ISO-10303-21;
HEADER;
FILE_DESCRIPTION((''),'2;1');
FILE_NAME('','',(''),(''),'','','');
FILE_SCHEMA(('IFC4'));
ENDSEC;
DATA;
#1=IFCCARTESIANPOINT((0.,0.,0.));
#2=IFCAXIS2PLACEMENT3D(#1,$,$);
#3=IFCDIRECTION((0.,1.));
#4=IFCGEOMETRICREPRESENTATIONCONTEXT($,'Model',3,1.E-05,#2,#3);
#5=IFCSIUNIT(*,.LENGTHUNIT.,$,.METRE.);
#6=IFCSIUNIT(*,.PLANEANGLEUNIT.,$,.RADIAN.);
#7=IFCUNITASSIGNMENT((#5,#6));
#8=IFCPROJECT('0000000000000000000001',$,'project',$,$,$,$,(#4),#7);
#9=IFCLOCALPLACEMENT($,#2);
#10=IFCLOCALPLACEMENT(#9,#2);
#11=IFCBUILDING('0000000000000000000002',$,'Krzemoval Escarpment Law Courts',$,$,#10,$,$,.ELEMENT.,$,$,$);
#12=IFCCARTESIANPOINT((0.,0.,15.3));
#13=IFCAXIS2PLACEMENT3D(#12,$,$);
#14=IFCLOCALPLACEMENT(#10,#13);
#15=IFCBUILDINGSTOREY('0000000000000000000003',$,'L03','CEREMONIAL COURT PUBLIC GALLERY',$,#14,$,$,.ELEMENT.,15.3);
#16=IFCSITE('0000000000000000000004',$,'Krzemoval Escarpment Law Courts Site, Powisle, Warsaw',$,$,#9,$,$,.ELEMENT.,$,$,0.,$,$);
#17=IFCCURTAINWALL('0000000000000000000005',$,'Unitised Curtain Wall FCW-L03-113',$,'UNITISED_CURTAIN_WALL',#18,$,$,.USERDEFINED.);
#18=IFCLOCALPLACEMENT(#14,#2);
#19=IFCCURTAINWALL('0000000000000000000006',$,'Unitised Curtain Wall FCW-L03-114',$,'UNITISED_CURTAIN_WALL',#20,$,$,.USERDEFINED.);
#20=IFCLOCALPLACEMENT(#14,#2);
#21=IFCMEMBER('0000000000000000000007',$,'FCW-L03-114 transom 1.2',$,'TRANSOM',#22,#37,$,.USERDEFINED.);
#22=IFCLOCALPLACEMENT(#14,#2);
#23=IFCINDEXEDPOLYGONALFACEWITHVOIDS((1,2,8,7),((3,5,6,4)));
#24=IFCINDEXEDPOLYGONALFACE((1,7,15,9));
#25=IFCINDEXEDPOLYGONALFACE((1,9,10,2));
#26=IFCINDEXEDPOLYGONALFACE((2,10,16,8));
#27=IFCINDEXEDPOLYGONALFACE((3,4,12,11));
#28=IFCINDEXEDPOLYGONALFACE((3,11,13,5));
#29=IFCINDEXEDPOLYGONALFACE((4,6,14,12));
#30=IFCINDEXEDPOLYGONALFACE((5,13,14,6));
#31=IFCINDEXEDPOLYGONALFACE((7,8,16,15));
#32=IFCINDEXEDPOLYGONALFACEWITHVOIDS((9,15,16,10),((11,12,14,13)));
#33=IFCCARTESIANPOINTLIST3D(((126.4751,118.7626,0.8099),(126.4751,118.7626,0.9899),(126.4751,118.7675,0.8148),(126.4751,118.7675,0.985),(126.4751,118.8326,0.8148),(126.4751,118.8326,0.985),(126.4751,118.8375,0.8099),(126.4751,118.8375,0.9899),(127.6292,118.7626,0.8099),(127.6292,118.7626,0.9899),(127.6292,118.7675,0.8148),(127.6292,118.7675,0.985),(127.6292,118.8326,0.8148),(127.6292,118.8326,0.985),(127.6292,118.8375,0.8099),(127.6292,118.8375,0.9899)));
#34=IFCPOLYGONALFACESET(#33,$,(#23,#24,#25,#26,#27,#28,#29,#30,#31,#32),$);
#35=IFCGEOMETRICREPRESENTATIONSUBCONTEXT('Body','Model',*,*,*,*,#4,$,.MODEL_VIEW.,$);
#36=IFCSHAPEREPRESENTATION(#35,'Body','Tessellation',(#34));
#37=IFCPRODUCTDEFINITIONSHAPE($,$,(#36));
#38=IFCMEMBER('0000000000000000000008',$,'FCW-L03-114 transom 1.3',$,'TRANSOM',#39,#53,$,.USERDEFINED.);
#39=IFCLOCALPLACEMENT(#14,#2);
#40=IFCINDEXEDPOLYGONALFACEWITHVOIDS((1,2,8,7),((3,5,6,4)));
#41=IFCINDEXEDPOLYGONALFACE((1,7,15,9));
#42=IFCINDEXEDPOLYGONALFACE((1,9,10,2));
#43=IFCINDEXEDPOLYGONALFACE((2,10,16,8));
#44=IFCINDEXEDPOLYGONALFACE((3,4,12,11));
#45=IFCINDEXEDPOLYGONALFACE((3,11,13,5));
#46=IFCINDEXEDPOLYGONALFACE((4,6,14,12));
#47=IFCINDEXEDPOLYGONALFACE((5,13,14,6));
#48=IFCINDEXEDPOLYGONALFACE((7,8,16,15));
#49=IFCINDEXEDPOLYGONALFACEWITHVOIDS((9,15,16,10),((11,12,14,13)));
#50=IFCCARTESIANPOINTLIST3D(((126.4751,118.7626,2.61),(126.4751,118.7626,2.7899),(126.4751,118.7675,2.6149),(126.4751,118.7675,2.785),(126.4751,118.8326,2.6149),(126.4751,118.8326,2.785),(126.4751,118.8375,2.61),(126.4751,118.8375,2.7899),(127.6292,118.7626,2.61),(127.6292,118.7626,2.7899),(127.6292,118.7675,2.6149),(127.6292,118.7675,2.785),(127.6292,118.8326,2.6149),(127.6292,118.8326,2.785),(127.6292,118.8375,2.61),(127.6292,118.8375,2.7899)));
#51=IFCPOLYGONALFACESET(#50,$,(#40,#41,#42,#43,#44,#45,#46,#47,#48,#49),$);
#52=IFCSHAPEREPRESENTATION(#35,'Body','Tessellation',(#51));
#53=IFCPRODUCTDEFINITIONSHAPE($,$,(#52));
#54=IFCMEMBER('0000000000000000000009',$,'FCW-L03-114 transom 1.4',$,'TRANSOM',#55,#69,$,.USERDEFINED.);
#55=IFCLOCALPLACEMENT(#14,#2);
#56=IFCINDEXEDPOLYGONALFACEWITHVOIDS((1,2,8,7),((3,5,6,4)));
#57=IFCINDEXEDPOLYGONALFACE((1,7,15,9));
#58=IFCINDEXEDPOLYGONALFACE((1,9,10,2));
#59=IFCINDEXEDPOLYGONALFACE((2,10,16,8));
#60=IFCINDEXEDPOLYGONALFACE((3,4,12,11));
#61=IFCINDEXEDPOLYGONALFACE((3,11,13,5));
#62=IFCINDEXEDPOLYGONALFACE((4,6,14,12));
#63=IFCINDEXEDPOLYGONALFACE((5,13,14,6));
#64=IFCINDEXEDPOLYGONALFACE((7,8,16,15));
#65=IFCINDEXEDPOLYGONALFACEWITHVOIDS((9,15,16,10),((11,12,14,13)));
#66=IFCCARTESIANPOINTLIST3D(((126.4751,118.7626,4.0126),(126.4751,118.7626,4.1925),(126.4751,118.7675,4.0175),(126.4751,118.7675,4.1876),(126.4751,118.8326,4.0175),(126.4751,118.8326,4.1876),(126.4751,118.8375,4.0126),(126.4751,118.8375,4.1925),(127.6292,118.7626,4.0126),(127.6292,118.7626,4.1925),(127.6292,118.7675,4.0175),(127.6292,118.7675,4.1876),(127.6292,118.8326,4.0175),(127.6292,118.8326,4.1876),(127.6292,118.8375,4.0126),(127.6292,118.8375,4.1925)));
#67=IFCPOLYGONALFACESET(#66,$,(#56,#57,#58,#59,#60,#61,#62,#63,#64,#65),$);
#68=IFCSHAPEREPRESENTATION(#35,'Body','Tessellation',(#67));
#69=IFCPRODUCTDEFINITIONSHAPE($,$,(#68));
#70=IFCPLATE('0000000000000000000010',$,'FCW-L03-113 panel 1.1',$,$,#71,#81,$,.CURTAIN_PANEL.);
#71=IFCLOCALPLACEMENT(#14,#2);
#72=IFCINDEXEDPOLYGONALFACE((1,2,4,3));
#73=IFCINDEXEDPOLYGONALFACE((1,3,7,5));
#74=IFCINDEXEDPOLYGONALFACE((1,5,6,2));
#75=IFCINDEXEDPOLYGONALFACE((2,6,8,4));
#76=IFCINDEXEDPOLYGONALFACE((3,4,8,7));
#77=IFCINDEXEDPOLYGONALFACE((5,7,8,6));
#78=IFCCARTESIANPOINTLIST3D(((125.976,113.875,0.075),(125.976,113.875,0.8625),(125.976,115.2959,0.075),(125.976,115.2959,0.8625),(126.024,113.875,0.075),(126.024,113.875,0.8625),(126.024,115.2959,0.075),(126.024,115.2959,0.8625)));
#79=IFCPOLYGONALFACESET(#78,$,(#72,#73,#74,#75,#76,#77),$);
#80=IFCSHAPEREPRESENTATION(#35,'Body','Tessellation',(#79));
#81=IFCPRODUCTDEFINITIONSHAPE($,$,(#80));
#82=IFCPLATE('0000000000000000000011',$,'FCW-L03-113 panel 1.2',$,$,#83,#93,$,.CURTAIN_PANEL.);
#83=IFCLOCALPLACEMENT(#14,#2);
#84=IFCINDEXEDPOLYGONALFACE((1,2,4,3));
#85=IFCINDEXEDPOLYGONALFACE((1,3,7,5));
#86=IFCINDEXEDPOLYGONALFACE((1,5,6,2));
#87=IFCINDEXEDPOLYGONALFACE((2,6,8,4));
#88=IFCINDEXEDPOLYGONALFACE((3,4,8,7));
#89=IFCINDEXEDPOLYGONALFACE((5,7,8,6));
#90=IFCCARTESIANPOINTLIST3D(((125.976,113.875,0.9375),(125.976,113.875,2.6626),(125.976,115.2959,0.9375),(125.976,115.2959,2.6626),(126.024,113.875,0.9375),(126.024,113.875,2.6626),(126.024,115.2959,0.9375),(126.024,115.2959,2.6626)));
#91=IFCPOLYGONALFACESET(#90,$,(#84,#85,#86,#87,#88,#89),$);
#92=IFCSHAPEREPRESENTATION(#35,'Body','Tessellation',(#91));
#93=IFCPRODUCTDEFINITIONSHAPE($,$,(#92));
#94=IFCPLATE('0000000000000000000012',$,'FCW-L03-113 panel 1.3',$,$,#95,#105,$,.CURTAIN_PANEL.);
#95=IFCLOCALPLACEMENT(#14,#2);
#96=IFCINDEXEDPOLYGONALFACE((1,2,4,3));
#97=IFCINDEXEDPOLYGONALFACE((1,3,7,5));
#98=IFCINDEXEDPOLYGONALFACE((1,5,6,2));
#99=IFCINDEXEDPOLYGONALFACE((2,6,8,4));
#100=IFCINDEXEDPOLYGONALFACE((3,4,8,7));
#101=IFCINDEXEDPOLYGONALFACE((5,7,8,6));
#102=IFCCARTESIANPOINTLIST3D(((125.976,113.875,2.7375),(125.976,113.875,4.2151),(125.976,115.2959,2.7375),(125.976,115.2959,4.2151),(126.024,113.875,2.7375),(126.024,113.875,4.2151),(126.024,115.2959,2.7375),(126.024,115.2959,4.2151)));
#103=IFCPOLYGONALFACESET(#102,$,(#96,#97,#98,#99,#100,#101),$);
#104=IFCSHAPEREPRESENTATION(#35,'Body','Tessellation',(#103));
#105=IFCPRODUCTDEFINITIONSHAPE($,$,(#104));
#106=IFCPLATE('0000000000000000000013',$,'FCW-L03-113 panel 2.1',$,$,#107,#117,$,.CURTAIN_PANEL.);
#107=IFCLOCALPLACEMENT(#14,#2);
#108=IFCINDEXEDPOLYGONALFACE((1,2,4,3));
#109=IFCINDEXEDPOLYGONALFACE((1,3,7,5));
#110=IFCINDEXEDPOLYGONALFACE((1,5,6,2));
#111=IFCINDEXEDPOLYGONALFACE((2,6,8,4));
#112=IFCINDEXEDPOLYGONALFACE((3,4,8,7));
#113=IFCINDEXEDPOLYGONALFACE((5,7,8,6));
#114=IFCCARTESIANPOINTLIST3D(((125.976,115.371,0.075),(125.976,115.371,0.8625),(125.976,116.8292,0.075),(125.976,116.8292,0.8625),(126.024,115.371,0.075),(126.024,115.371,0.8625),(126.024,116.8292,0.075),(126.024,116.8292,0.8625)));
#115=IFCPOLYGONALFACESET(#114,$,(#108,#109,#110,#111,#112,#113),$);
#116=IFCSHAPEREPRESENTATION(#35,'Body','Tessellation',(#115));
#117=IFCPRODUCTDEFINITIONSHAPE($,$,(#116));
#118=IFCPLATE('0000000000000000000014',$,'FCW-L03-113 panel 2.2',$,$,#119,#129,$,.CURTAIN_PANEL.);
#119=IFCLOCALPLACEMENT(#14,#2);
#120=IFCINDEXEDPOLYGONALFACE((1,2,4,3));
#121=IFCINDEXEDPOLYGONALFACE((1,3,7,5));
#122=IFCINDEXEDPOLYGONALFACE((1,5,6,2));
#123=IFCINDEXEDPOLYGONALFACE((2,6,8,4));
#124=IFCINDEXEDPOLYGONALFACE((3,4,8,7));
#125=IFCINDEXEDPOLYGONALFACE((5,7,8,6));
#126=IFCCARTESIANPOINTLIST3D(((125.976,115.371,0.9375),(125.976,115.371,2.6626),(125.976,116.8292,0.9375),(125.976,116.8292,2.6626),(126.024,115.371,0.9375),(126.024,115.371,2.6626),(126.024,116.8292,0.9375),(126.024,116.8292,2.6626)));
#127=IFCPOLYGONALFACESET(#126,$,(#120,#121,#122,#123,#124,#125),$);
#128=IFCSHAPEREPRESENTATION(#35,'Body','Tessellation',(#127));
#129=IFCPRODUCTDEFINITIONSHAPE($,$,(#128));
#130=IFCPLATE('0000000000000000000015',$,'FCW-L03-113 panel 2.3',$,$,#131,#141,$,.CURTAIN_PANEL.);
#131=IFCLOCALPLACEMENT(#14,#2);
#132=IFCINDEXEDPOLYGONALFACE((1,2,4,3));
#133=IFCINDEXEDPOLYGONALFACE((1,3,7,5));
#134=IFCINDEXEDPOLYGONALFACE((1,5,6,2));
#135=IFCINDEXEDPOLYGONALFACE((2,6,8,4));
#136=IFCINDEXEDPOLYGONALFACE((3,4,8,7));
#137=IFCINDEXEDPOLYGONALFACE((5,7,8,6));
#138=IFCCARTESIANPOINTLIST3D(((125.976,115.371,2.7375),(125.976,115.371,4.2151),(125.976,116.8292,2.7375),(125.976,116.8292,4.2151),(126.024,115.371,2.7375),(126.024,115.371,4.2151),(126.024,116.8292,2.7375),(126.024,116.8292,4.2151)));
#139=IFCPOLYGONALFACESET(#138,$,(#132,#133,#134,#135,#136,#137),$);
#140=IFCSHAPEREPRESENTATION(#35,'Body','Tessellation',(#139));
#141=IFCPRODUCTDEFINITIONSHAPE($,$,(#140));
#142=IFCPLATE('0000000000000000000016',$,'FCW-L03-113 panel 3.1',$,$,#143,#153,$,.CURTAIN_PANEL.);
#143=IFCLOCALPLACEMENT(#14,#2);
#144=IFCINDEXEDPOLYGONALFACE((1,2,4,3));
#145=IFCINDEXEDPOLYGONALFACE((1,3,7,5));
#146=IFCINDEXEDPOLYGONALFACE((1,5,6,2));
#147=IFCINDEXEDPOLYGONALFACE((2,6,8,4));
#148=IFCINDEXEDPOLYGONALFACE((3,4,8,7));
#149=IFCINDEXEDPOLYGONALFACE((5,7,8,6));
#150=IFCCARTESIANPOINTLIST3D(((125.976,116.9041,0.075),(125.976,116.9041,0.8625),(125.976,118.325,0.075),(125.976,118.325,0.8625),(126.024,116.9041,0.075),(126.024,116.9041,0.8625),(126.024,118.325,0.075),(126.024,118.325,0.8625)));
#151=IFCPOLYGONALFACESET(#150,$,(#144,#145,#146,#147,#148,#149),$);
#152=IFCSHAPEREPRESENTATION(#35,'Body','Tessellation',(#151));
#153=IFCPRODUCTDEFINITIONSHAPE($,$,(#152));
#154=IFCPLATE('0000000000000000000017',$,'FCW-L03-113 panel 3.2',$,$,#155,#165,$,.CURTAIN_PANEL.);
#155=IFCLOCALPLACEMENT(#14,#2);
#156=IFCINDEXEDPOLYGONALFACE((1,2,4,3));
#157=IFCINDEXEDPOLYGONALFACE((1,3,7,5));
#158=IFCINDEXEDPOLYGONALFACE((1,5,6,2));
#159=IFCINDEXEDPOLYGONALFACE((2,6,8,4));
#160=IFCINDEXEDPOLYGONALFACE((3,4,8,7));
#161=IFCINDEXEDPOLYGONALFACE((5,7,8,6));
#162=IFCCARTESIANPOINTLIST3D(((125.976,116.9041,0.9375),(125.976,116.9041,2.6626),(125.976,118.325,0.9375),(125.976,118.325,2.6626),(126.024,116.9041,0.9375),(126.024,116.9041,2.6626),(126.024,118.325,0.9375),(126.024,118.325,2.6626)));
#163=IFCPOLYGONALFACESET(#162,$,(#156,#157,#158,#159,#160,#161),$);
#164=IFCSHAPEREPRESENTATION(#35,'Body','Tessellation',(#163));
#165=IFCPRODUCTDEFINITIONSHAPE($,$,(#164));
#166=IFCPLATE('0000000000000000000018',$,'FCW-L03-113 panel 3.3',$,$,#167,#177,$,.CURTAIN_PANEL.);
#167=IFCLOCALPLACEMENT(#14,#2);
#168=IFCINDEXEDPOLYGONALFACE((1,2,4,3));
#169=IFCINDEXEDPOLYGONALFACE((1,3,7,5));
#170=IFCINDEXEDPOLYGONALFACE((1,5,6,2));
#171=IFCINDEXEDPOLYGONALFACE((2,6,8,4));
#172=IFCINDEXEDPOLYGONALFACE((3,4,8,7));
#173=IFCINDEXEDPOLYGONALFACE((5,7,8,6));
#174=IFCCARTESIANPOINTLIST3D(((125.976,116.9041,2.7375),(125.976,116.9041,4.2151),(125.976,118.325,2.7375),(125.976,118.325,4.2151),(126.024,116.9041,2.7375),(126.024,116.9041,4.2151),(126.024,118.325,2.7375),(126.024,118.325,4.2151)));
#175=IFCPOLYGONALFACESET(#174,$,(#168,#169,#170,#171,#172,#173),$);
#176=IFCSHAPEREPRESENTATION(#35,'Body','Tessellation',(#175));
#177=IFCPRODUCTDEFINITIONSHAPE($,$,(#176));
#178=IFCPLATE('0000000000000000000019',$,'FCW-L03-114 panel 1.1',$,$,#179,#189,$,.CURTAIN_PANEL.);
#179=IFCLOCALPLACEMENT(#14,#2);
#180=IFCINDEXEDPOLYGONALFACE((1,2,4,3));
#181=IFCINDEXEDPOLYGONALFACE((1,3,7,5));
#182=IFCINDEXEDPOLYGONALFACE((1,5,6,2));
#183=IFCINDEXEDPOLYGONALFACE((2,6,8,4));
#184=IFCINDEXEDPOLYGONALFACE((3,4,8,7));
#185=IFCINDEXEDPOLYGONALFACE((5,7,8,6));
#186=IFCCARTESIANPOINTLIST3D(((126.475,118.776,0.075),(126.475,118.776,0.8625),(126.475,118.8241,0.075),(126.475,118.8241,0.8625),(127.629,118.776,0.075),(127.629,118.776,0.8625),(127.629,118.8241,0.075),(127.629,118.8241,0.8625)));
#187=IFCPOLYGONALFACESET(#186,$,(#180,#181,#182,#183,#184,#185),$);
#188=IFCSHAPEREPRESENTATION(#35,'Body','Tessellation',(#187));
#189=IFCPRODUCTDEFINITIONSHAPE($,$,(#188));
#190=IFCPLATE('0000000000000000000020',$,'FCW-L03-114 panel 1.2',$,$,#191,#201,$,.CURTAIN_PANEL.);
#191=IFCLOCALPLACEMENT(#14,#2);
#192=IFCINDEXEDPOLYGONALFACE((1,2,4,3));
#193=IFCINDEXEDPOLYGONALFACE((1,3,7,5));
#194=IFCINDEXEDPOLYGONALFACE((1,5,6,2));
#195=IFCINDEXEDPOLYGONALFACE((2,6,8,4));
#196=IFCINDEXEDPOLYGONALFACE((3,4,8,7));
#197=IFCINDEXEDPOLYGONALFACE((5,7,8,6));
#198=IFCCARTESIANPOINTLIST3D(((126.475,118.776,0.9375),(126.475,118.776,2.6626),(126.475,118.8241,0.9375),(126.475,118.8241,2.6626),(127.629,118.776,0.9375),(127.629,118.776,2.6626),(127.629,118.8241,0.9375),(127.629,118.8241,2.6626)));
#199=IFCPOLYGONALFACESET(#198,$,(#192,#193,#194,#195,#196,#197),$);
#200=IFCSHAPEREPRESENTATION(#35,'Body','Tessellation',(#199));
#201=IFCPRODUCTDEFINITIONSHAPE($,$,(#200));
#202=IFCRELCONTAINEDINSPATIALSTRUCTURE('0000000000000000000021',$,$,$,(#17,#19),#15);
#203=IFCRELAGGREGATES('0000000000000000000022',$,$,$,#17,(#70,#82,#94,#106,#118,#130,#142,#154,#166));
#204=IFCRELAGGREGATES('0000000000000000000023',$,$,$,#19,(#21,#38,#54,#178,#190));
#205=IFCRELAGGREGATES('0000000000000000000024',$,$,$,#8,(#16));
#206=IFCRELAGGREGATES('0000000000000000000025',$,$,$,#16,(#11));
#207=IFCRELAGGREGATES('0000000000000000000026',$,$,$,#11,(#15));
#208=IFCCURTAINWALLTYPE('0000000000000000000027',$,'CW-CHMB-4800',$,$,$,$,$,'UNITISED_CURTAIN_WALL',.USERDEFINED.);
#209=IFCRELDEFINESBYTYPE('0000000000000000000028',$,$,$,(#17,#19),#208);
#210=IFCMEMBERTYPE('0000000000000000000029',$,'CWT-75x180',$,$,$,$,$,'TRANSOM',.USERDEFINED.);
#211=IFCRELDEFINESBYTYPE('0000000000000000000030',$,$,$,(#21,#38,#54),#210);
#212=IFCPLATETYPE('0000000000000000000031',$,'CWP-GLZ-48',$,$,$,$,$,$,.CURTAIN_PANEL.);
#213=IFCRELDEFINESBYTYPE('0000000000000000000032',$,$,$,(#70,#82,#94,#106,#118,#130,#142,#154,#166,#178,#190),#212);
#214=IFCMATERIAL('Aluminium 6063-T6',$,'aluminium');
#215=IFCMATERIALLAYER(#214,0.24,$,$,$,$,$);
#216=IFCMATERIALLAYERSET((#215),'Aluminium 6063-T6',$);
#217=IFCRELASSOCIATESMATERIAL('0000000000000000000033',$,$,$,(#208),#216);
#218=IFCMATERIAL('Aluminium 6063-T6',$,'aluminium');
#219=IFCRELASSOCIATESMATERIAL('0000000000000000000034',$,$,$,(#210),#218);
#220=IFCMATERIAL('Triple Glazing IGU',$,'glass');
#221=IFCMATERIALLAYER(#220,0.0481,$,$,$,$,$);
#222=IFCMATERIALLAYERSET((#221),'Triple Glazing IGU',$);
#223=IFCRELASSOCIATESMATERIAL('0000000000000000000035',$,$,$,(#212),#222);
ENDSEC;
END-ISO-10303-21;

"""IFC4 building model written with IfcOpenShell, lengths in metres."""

from ifc_helpers import new_model, si_unit, direction, frame, origin, origin_2d, place, context, subcontext, project, spatial, rectangle, hollow_rectangle, extrude, material, layer, layer_set, material_profile, profile_set, type_object, element, aggregate, save


model = new_model("IFC4")

# Units and contexts
model_context = context("Model", 3, precision=1e-05, world=origin(), true_north=direction((0.0, 1.0)))
body_context = subcontext(model_context, "Body", "Model", "MODEL_VIEW")
ifc_project = project(units=[si_unit("LENGTHUNIT", "METRE"), si_unit("PLANEANGLEUNIT", "RADIAN")], contexts=[model_context])

# Site, building, storey
site_placement = place(None, origin())
site = spatial("IfcSite", under=ifc_project, at=site_placement, Name="Krzemoval Escarpment Law Courts Site, Powisle, Warsaw", CompositionType="ELEMENT", RefElevation=0.0)
building_placement = place(site_placement, origin())
building = spatial("IfcBuilding", under=site, at=building_placement, Name="Krzemoval Escarpment Law Courts", CompositionType="ELEMENT")
storey_placement = place(building_placement, frame((0.0, 0.0, 15.3)))
storey = spatial("IfcBuildingStorey", under=building, at=storey_placement, Name="L03", Description="CEREMONIAL COURT PUBLIC GALLERY", CompositionType="ELEMENT", Elevation=15.3)

# Curtain walls
ifc_material_1 = material(Name="Aluminium 6063-T6", Category="aluminium")
ifc_layer_1 = layer(ifc_material_1, 0.24)
ifc_layer_set_1 = layer_set([ifc_layer_1], Name="Aluminium 6063-T6")
curtain_wall_type = type_object("IfcCurtainWallType", Name="CW-CHMB-4800", ElementType="UNITISED_CURTAIN_WALL", PredefinedType="USERDEFINED", material=ifc_layer_set_1)
curtain_wall_1_placement = place(storey_placement, origin())
curtain_wall_1 = element("IfcCurtainWall", 1, at=curtain_wall_1_placement, inside=storey, type_object=curtain_wall_type, Name="Unitised Curtain Wall FCW-L03-113", ObjectType="UNITISED_CURTAIN_WALL", PredefinedType="USERDEFINED")
curtain_wall_2_placement = place(storey_placement, origin())
curtain_wall_2 = element("IfcCurtainWall", 2, at=curtain_wall_2_placement, inside=storey, type_object=curtain_wall_type, Name="Unitised Curtain Wall FCW-L03-114", ObjectType="UNITISED_CURTAIN_WALL", PredefinedType="USERDEFINED")

# Members
ifc_material_2 = material(Name="Aluminium 6063-T6", Category="aluminium")
ifc_material_profile_1 = material_profile(ifc_material_2, hollow_rectangle(XDim=0.075, YDim=0.1799, WallThickness=0.0049, at=origin_2d()), Name="ALU T75x180")
ifc_profile_set_1 = profile_set([ifc_material_profile_1], Name="Aluminium 6063-T6")
member_type_1 = type_object("IfcMemberType", Name="CWT-75x180", ElementType="TRANSOM", PredefinedType="USERDEFINED", material=ifc_profile_set_1)
member_1_placement = place(storey_placement, frame((126.4751, 118.8, 0.8999), z_axis=(1.0, 0.0, 0.0), x_axis=(0.0, 1.0, 0.0)))
member_1 = element("IfcMember", 3, at=member_1_placement, type_object=member_type_1, Name="FCW-L03-114 transom 1.2", ObjectType="TRANSOM", PredefinedType="USERDEFINED", context=body_context, shape_type="SweptSolid", body=[
    extrude(hollow_rectangle(XDim=0.075, YDim=0.1799, WallThickness=0.0049, at=origin_2d()), origin(), (0.0, 0.0, 1.0), 1.1541),
])
member_2_placement = place(storey_placement, frame((126.4751, 118.8, 2.7), z_axis=(1.0, 0.0, 0.0), x_axis=(0.0, 1.0, 0.0)))
member_2 = element("IfcMember", 4, at=member_2_placement, type_object=member_type_1, Name="FCW-L03-114 transom 1.3", ObjectType="TRANSOM", PredefinedType="USERDEFINED", context=body_context, shape_type="SweptSolid", body=[
    extrude(hollow_rectangle(XDim=0.075, YDim=0.1799, WallThickness=0.0049, at=origin_2d()), origin(), (0.0, 0.0, 1.0), 1.1541),
])
member_3_placement = place(storey_placement, frame((126.4751, 118.8, 4.1025), z_axis=(1.0, 0.0, 0.0), x_axis=(0.0, 1.0, 0.0)))
member_3 = element("IfcMember", 5, at=member_3_placement, type_object=member_type_1, Name="FCW-L03-114 transom 1.4", ObjectType="TRANSOM", PredefinedType="USERDEFINED", context=body_context, shape_type="SweptSolid", body=[
    extrude(hollow_rectangle(XDim=0.075, YDim=0.1799, WallThickness=0.0049, at=origin_2d()), origin(), (0.0, 0.0, 1.0), 1.1541),
])

# Plates
ifc_material_3 = material(Name="Triple Glazing IGU", Category="glass")
ifc_layer_2 = layer(ifc_material_3, 0.0481)
ifc_layer_set_2 = layer_set([ifc_layer_2], Name="Triple Glazing IGU")
plate_type = type_object("IfcPlateType", Name="CWP-GLZ-48", PredefinedType="CURTAIN_PANEL", material=ifc_layer_set_2)
plate_1_placement = place(storey_placement, frame((126.0, 114.5854, 0.075), z_axis=(0.0, 0.0, 1.0), x_axis=(0.0, 1.0, 0.0)))
plate_1 = element("IfcPlate", 6, at=plate_1_placement, type_object=plate_type, Name="FCW-L03-113 panel 1.1", PredefinedType="CURTAIN_PANEL", context=body_context, shape_type="SweptSolid", body=[
    extrude(rectangle(XDim=1.4209, YDim=0.0481, at=origin_2d()), origin(), (0.0, 0.0, 1.0), 0.7876),
])
plate_2_placement = place(storey_placement, frame((126.0, 114.5854, 0.9375), z_axis=(0.0, 0.0, 1.0), x_axis=(0.0, 1.0, 0.0)))
plate_2 = element("IfcPlate", 7, at=plate_2_placement, type_object=plate_type, Name="FCW-L03-113 panel 1.2", PredefinedType="CURTAIN_PANEL", context=body_context, shape_type="SweptSolid", body=[
    extrude(rectangle(XDim=1.4209, YDim=0.0481, at=origin_2d()), origin(), (0.0, 0.0, 1.0), 1.7251),
])
plate_3_placement = place(storey_placement, frame((126.0, 114.5854, 2.7375), z_axis=(0.0, 0.0, 1.0), x_axis=(0.0, 1.0, 0.0)))
plate_3 = element("IfcPlate", 8, at=plate_3_placement, type_object=plate_type, Name="FCW-L03-113 panel 1.3", PredefinedType="CURTAIN_PANEL", context=body_context, shape_type="SweptSolid", body=[
    extrude(rectangle(XDim=1.4209, YDim=0.0481, at=origin_2d()), origin(), (0.0, 0.0, 1.0), 1.4775),
])
plate_4_placement = place(storey_placement, frame((126.0, 116.1001, 0.075), z_axis=(0.0, 0.0, 1.0), x_axis=(0.0, 1.0, 0.0)))
plate_4 = element("IfcPlate", 9, at=plate_4_placement, type_object=plate_type, Name="FCW-L03-113 panel 2.1", PredefinedType="CURTAIN_PANEL", context=body_context, shape_type="SweptSolid", body=[
    extrude(rectangle(XDim=1.4583, YDim=0.0481, at=origin_2d()), origin(), (0.0, 0.0, 1.0), 0.7876),
])
plate_5_placement = place(storey_placement, frame((126.0, 116.1001, 0.9375), z_axis=(0.0, 0.0, 1.0), x_axis=(0.0, 1.0, 0.0)))
plate_5 = element("IfcPlate", 10, at=plate_5_placement, type_object=plate_type, Name="FCW-L03-113 panel 2.2", PredefinedType="CURTAIN_PANEL", context=body_context, shape_type="SweptSolid", body=[
    extrude(rectangle(XDim=1.4583, YDim=0.0481, at=origin_2d()), origin(), (0.0, 0.0, 1.0), 1.7251),
])
plate_6_placement = place(storey_placement, frame((126.0, 116.1001, 2.7375), z_axis=(0.0, 0.0, 1.0), x_axis=(0.0, 1.0, 0.0)))
plate_6 = element("IfcPlate", 11, at=plate_6_placement, type_object=plate_type, Name="FCW-L03-113 panel 2.3", PredefinedType="CURTAIN_PANEL", context=body_context, shape_type="SweptSolid", body=[
    extrude(rectangle(XDim=1.4583, YDim=0.0481, at=origin_2d()), origin(), (0.0, 0.0, 1.0), 1.4775),
])
plate_7_placement = place(storey_placement, frame((126.0, 117.6145, 0.075), z_axis=(0.0, 0.0, 1.0), x_axis=(0.0, 1.0, 0.0)))
plate_7 = element("IfcPlate", 12, at=plate_7_placement, type_object=plate_type, Name="FCW-L03-113 panel 3.1", PredefinedType="CURTAIN_PANEL", context=body_context, shape_type="SweptSolid", body=[
    extrude(rectangle(XDim=1.4209, YDim=0.0481, at=origin_2d()), origin(), (0.0, 0.0, 1.0), 0.7876),
])
plate_8_placement = place(storey_placement, frame((126.0, 117.6145, 0.9375), z_axis=(0.0, 0.0, 1.0), x_axis=(0.0, 1.0, 0.0)))
plate_8 = element("IfcPlate", 13, at=plate_8_placement, type_object=plate_type, Name="FCW-L03-113 panel 3.2", PredefinedType="CURTAIN_PANEL", context=body_context, shape_type="SweptSolid", body=[
    extrude(rectangle(XDim=1.4209, YDim=0.0481, at=origin_2d()), origin(), (0.0, 0.0, 1.0), 1.7251),
])
plate_9_placement = place(storey_placement, frame((126.0, 117.6145, 2.7375), z_axis=(0.0, 0.0, 1.0), x_axis=(0.0, 1.0, 0.0)))
plate_9 = element("IfcPlate", 14, at=plate_9_placement, type_object=plate_type, Name="FCW-L03-113 panel 3.3", PredefinedType="CURTAIN_PANEL", context=body_context, shape_type="SweptSolid", body=[
    extrude(rectangle(XDim=1.4209, YDim=0.0481, at=origin_2d()), origin(), (0.0, 0.0, 1.0), 1.4775),
])
aggregate(curtain_wall_1, [plate_1, plate_2, plate_3, plate_4, plate_5, plate_6, plate_7, plate_8, plate_9])
plate_10_placement = place(storey_placement, frame((127.052, 118.8, 0.075), z_axis=(0.0, 0.0, 1.0), x_axis=(1.0, 0.0, 0.0)))
plate_10 = element("IfcPlate", 15, at=plate_10_placement, type_object=plate_type, Name="FCW-L03-114 panel 1.1", PredefinedType="CURTAIN_PANEL", context=body_context, shape_type="SweptSolid", body=[
    extrude(rectangle(XDim=1.1541, YDim=0.0481, at=origin_2d()), origin(), (0.0, 0.0, 1.0), 0.7876),
])
plate_11_placement = place(storey_placement, frame((127.052, 118.8, 0.9375), z_axis=(0.0, 0.0, 1.0), x_axis=(1.0, 0.0, 0.0)))
plate_11 = element("IfcPlate", 16, at=plate_11_placement, type_object=plate_type, Name="FCW-L03-114 panel 1.2", PredefinedType="CURTAIN_PANEL", context=body_context, shape_type="SweptSolid", body=[
    extrude(rectangle(XDim=1.1541, YDim=0.0481, at=origin_2d()), origin(), (0.0, 0.0, 1.0), 1.7251),
])
aggregate(curtain_wall_2, [member_1, member_2, member_3, plate_10, plate_11])

save(model, "model.ifc")
